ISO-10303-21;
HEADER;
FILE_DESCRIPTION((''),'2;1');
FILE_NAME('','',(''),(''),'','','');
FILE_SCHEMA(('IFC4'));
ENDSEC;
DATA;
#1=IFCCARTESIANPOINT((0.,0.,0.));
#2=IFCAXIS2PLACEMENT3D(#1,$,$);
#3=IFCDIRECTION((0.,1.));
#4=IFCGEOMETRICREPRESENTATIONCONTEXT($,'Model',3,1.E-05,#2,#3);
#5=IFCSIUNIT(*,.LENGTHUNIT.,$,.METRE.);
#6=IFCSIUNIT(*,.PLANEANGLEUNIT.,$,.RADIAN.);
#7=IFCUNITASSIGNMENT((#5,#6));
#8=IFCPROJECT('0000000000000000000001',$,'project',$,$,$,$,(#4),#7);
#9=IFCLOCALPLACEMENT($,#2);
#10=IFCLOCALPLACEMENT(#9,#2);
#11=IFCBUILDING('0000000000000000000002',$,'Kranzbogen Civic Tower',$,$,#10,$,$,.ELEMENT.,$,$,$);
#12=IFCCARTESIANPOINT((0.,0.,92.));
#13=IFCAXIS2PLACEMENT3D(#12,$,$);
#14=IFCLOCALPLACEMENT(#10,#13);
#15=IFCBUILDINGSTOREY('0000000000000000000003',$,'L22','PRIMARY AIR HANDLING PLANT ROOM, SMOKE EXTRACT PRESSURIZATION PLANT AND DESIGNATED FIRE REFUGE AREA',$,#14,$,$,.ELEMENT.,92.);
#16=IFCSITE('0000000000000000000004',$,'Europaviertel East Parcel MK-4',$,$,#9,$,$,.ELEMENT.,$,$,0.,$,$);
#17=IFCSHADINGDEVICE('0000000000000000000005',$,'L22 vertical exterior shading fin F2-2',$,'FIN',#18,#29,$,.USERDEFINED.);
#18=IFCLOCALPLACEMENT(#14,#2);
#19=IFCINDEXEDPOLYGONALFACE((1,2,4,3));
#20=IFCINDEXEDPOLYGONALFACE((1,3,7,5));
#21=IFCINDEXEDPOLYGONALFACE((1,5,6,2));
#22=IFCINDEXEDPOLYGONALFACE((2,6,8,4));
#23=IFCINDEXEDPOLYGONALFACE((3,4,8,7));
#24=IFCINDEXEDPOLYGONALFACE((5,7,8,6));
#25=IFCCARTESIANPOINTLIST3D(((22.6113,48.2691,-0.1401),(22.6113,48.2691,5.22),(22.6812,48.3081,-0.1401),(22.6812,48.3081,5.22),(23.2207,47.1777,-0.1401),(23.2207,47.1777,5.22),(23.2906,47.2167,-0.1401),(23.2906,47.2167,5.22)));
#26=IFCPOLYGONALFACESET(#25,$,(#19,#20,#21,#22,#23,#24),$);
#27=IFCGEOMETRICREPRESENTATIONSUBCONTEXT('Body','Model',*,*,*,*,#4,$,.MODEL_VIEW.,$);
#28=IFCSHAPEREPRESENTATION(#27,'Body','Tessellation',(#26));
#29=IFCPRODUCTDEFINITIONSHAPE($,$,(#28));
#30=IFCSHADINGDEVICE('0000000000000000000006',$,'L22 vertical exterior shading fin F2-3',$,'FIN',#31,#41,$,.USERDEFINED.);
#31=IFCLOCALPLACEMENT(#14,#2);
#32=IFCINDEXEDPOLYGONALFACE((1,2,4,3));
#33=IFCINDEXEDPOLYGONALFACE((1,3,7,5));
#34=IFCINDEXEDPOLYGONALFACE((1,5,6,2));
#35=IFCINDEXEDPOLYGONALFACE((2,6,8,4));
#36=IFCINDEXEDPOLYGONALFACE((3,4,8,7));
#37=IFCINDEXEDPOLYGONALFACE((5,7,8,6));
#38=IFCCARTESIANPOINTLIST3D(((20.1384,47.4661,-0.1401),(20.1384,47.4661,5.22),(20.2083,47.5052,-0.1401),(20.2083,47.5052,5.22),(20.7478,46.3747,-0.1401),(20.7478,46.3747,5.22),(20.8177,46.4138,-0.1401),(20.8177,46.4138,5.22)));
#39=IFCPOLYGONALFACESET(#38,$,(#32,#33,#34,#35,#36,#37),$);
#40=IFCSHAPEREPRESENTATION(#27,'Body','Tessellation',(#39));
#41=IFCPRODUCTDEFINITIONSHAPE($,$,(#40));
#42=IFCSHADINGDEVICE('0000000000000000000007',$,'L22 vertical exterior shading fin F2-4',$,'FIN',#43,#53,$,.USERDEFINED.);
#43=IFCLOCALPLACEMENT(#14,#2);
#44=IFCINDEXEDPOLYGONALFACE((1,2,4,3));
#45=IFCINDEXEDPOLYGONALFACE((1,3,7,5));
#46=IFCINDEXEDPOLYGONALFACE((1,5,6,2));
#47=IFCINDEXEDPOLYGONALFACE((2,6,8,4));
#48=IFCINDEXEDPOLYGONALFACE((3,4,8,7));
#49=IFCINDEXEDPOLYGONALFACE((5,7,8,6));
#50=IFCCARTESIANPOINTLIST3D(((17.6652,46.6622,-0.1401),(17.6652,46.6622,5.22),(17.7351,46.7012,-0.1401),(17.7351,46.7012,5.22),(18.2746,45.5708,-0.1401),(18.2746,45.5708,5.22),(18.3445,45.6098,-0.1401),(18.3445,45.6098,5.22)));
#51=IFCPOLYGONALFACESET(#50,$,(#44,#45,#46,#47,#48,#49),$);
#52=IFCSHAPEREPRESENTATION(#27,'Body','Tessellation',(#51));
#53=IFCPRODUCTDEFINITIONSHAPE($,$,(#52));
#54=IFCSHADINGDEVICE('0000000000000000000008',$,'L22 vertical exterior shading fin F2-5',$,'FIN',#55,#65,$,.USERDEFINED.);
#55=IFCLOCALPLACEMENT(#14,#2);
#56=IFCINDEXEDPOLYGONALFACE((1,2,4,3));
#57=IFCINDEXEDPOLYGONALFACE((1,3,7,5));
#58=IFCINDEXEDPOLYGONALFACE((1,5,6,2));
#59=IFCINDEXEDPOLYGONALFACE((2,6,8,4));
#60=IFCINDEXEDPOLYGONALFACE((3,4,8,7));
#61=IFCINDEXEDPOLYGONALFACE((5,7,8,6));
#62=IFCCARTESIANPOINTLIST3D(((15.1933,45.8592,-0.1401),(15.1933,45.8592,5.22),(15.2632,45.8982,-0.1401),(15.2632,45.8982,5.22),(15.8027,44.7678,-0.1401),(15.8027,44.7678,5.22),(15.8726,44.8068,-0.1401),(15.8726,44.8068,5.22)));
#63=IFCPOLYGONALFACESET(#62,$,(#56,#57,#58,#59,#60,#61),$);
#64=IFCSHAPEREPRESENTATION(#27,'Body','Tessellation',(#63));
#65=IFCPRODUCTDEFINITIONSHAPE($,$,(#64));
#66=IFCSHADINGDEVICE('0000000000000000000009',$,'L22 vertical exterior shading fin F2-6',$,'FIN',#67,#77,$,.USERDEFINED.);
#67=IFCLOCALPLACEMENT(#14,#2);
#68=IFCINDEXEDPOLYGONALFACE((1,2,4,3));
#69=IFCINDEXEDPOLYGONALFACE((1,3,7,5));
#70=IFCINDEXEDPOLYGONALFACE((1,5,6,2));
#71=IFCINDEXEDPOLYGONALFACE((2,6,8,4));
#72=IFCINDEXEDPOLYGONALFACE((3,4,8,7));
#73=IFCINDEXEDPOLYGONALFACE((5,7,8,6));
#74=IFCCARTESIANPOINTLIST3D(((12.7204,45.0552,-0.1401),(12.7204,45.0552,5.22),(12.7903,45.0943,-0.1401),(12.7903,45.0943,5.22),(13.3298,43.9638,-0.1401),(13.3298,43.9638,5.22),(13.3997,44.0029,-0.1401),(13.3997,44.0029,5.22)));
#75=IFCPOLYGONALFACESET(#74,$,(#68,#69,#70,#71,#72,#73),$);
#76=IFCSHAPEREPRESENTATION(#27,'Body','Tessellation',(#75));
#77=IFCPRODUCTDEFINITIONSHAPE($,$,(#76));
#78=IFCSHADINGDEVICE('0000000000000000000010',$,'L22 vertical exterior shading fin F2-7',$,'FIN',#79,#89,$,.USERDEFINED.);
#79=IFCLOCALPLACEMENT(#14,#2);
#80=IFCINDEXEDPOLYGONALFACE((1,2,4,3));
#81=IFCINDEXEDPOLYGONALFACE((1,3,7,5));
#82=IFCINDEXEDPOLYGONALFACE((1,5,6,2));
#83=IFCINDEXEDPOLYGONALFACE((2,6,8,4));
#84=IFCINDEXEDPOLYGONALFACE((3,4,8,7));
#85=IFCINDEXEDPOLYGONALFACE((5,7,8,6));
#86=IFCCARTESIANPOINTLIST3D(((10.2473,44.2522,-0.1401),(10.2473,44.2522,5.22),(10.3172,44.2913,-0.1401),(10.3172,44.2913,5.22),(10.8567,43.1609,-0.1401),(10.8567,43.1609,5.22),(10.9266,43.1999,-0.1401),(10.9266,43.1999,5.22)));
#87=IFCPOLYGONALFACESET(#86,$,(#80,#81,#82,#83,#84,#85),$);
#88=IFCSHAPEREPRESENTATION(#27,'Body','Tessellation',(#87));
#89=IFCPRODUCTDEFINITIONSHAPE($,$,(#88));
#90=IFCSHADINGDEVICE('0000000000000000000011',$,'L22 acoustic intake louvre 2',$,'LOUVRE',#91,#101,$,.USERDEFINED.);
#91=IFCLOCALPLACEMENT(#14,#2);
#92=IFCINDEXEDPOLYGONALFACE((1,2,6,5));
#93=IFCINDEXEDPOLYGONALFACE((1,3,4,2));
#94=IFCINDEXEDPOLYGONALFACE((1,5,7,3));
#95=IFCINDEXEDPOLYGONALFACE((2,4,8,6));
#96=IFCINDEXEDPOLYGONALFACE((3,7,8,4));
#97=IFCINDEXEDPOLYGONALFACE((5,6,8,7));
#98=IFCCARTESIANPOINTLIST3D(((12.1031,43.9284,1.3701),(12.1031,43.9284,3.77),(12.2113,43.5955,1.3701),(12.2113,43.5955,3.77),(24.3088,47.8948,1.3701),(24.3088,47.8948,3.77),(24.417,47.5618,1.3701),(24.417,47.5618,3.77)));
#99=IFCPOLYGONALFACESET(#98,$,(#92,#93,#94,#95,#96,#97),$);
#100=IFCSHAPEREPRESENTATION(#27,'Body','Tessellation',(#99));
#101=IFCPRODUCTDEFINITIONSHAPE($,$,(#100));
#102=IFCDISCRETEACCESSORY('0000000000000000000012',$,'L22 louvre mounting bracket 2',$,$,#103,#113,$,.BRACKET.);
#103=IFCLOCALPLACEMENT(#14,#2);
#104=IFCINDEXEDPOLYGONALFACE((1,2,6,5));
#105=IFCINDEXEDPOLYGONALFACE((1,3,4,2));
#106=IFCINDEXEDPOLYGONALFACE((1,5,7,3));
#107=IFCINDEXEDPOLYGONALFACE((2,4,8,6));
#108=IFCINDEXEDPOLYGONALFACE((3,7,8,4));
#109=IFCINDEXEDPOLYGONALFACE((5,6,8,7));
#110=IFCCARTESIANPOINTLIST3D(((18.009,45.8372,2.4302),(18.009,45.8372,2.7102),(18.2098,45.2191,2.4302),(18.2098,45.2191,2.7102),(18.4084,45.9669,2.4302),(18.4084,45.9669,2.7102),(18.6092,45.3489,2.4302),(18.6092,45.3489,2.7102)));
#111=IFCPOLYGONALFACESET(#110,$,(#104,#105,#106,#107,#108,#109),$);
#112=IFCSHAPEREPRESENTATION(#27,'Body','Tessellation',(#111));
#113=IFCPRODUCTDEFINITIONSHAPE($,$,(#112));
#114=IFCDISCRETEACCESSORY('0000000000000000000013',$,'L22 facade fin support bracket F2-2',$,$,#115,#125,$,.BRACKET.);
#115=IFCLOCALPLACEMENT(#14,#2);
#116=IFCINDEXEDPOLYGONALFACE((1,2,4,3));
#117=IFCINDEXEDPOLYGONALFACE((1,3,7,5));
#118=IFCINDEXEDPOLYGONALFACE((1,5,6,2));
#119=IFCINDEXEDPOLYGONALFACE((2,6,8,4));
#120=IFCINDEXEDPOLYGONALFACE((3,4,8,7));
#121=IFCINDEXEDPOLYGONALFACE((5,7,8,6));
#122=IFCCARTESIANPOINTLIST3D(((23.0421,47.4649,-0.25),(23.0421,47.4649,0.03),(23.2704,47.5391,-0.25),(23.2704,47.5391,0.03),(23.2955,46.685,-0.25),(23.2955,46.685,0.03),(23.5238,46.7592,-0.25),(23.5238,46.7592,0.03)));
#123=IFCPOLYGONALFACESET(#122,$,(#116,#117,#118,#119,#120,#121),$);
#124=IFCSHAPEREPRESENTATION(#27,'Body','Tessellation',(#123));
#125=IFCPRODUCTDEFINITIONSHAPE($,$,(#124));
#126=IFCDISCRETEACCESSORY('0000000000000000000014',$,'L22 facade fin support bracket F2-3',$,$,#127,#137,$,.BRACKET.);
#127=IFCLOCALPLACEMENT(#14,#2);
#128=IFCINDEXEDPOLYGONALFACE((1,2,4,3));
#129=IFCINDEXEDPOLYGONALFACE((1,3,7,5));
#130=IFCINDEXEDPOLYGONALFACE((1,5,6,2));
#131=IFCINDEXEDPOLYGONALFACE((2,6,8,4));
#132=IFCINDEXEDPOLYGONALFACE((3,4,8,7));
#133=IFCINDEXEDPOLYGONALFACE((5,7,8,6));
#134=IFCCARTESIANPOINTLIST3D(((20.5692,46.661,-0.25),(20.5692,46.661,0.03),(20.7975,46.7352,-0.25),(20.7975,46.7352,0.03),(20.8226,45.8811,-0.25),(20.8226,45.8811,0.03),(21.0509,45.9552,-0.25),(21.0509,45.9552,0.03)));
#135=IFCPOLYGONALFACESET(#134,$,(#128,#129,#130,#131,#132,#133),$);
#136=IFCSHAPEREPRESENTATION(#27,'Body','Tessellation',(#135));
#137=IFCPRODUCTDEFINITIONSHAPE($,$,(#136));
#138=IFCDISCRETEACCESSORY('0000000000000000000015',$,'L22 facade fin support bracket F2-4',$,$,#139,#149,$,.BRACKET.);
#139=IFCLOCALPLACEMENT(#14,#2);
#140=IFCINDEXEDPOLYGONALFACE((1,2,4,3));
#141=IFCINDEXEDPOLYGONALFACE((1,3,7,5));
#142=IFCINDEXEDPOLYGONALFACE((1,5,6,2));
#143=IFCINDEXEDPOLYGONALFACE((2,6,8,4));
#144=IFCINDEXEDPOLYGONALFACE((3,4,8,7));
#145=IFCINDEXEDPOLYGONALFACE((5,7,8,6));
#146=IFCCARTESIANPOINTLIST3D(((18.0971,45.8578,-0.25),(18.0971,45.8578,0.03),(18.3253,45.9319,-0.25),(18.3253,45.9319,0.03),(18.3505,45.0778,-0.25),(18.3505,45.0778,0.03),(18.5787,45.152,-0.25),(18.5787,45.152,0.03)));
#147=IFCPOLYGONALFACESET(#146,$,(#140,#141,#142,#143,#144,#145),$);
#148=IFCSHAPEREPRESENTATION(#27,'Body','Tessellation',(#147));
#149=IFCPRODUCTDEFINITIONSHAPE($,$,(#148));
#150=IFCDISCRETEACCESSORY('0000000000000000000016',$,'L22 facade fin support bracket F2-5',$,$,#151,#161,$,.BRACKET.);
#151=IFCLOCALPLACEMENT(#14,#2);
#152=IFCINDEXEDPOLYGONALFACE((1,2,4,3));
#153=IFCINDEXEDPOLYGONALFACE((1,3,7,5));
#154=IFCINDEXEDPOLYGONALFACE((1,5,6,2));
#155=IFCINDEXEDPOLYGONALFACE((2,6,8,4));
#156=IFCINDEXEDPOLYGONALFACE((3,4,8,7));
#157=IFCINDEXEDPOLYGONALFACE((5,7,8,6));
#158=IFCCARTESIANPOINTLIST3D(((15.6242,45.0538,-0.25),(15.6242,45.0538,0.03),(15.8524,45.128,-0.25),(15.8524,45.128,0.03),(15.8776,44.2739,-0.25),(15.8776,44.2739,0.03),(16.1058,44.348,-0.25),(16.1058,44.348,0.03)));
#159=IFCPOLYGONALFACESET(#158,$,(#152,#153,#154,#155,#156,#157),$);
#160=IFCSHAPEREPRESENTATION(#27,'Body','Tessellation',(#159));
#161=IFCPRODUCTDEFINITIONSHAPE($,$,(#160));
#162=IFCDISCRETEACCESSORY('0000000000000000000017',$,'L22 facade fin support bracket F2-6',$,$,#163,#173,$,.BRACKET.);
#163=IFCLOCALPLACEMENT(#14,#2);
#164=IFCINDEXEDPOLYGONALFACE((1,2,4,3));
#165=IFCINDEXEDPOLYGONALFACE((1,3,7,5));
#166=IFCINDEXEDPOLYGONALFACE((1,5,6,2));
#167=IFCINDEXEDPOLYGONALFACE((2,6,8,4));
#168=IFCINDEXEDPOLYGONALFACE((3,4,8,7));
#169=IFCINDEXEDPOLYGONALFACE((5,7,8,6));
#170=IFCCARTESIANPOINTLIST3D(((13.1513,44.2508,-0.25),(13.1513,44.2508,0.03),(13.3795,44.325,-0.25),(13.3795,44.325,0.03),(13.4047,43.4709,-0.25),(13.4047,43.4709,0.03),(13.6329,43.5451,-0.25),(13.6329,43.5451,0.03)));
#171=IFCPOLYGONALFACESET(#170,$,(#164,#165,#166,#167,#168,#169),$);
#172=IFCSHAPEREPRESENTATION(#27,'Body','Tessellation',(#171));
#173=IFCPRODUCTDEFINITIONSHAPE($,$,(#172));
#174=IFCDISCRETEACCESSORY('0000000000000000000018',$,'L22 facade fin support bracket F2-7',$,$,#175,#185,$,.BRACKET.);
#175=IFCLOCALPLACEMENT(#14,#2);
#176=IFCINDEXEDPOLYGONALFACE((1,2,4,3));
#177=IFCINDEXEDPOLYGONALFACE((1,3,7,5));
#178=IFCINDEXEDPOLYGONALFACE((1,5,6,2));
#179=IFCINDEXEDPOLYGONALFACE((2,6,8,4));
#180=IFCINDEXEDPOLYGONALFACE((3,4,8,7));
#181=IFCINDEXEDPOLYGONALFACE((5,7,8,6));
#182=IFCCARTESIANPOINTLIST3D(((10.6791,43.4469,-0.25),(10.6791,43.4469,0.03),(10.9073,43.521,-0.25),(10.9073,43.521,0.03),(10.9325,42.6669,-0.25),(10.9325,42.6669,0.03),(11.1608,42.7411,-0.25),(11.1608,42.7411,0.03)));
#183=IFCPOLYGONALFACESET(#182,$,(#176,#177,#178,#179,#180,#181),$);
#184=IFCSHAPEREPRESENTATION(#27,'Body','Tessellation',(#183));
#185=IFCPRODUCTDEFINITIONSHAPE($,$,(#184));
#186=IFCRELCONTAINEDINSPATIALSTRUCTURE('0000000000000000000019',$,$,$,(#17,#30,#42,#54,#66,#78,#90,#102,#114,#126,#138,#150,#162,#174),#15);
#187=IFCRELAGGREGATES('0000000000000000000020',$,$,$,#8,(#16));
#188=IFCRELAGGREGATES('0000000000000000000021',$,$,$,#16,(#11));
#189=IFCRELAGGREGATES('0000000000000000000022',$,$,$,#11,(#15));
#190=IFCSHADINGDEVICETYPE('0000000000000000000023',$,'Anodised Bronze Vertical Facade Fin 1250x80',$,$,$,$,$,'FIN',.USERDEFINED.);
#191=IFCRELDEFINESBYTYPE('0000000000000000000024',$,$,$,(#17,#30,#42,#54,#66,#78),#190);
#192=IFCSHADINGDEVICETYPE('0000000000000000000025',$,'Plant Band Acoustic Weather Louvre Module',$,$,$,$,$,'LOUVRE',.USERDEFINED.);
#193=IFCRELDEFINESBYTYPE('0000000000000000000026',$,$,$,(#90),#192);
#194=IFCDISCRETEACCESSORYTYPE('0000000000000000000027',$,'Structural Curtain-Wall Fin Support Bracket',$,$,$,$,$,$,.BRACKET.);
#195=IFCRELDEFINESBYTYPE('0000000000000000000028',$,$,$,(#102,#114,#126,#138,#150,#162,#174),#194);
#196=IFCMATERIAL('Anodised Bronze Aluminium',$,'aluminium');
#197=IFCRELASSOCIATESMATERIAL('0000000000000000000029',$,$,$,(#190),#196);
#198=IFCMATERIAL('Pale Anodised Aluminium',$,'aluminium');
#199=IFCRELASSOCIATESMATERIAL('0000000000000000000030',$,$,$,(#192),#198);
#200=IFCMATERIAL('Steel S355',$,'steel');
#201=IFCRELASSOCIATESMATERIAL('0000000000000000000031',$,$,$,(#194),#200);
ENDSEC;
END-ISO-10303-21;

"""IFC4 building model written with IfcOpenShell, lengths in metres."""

from ifc_helpers import new_model, si_unit, direction, frame, origin, origin_2d, place, context, subcontext, project, spatial, rectangle, extrude, material, type_object, element, save


model = new_model("IFC4")

# Units and contexts
model_context = context("Model", 3, precision=1e-05, world=origin(), true_north=direction((0.0, 1.0)))
body_context = subcontext(model_context, "Body", "Model", "MODEL_VIEW")
ifc_project = project(units=[si_unit("LENGTHUNIT", "METRE"), si_unit("PLANEANGLEUNIT", "RADIAN")], contexts=[model_context])

# Site, building, storey
site_placement = place(None, origin())
site = spatial("IfcSite", under=ifc_project, at=site_placement, Name="Europaviertel East Parcel MK-4", CompositionType="ELEMENT", RefElevation=0.0)
building_placement = place(site_placement, origin())
building = spatial("IfcBuilding", under=site, at=building_placement, Name="Kranzbogen Civic Tower", CompositionType="ELEMENT")
storey_placement = place(building_placement, frame((0.0, 0.0, 92.0)))
storey = spatial("IfcBuildingStorey", under=building, at=storey_placement, Name="L22", Description="PRIMARY AIR HANDLING PLANT ROOM, SMOKE EXTRACT PRESSURIZATION PLANT AND DESIGNATED FIRE REFUGE AREA", CompositionType="ELEMENT", Elevation=92.0)

# Shared definitions
ifc_material_1 = material(Name="Steel S355", Category="steel")

# Shared definitions
ifc_material_2 = material(Name="Pale Anodised Aluminium", Category="aluminium")

# Shading devices
ifc_material_3 = material(Name="Anodised Bronze Aluminium", Category="aluminium")
shading_device_type_1 = type_object("IfcShadingDeviceType", Name="Anodised Bronze Vertical Facade Fin 1250x80", ElementType="FIN", PredefinedType="USERDEFINED", material=ifc_material_3)
for number, where, z_axis, x_axis, name in (
    (1, (22.9509, 47.7429, -0.1401), (0.0, 0.0, 1.0), (-0.487524, 0.873109, 0.0), "L22 vertical exterior shading fin F2-2"),
    (2, (20.478, 46.9399, -0.1401), (0.0, 0.0, 1.0), (-0.487524, 0.873109, 0.0), "L22 vertical exterior shading fin F2-3"),
    (3, (18.0049, 46.136, -0.1401), (0.0, 0.0, 1.0), (-0.487524, 0.873109, 0.0), "L22 vertical exterior shading fin F2-4"),
    (4, (15.533, 45.333, -0.1401), (0.0, 0.0, 1.0), (-0.487524, 0.873109, 0.0), "L22 vertical exterior shading fin F2-5"),
    (5, (13.0601, 44.5291, -0.1401), (0.0, 0.0, 1.0), (-0.487524, 0.873109, 0.0), "L22 vertical exterior shading fin F2-6"),
    (6, (10.5869, 43.7261, -0.1401), (0.0, 0.0, 1.0), (-0.487524, 0.873109, 0.0), "L22 vertical exterior shading fin F2-7"),
):
    element("IfcShadingDevice", number, at=place(storey_placement, frame(where, z_axis=z_axis, x_axis=x_axis)), inside=storey, type_object=shading_device_type_1, Name=name, ObjectType="FIN", PredefinedType="USERDEFINED", context=body_context, shape_type="SweptSolid", body=[
        extrude(rectangle(XDim=1.25, YDim=0.0801, at=origin_2d()), origin(), (0.0, 0.0, 1.0), 5.3601),
    ])
shading_device_type_2 = type_object("IfcShadingDeviceType", Name="Plant Band Acoustic Weather Louvre Module", ElementType="LOUVRE", PredefinedType="USERDEFINED", material=ifc_material_2)
shading_device_placement = place(storey_placement, frame((18.26, 45.7451, 1.3701), z_axis=(0.0, 0.0, 1.0), x_axis=(-0.951046, -0.30905, 0.0)))
element("IfcShadingDevice", 7, at=shading_device_placement, inside=storey, type_object=shading_device_type_2, Name="L22 acoustic intake louvre 2", ObjectType="LOUVRE", PredefinedType="USERDEFINED", context=body_context, shape_type="SweptSolid", body=[
    extrude(rectangle(XDim=12.834, YDim=0.3501, at=origin_2d()), origin(), (0.0, 0.0, 1.0), 2.3999),
])

# Discrete accessories
discrete_accessory_type = type_object("IfcDiscreteAccessoryType", Name="Structural Curtain-Wall Fin Support Bracket", PredefinedType="BRACKET", material=ifc_material_1)
discrete_accessory_placement = place(storey_placement, frame((18.3091, 45.593, 2.4302), z_axis=(0.0, 0.0, 1.0), x_axis=(-0.309017, 0.951057, 0.0)))
element("IfcDiscreteAccessory", 8, at=discrete_accessory_placement, inside=storey, type_object=discrete_accessory_type, Name="L22 louvre mounting bracket 2", PredefinedType="BRACKET", context=body_context, shape_type="SweptSolid", body=[
    extrude(rectangle(XDim=0.6499, YDim=0.4199, at=origin_2d()), origin(), (0.0, 0.0, 1.0), 0.28),
])
for number, where, z_axis, x_axis, name in (
    (9, (23.283, 47.1121, -0.25), (0.0, 0.0, 1.0), (-0.309017, 0.951057, 0.0), "L22 facade fin support bracket F2-2"),
    (10, (20.8101, 46.3081, -0.25), (0.0, 0.0, 1.0), (-0.309017, 0.951057, 0.0), "L22 facade fin support bracket F2-3"),
    (11, (18.3379, 45.5049, -0.25), (0.0, 0.0, 1.0), (-0.309017, 0.951057, 0.0), "L22 facade fin support bracket F2-4"),
    (12, (15.865, 44.7009, -0.25), (0.0, 0.0, 1.0), (-0.309017, 0.951057, 0.0), "L22 facade fin support bracket F2-5"),
    (13, (13.3921, 43.8979, -0.25), (0.0, 0.0, 1.0), (-0.309017, 0.951057, 0.0), "L22 facade fin support bracket F2-6"),
    (14, (10.9199, 43.094, -0.25), (0.0, 0.0, 1.0), (-0.309017, 0.951057, 0.0), "L22 facade fin support bracket F2-7"),
):
    element("IfcDiscreteAccessory", number, at=place(storey_placement, frame(where, z_axis=z_axis, x_axis=x_axis)), inside=storey, type_object=discrete_accessory_type, Name=name, PredefinedType="BRACKET", context=body_context, shape_type="SweptSolid", body=[
        extrude(rectangle(XDim=0.8201, YDim=0.24, at=origin_2d()), origin(), (0.0, 0.0, 1.0), 0.28),
    ])

save(model, "model.ifc")
